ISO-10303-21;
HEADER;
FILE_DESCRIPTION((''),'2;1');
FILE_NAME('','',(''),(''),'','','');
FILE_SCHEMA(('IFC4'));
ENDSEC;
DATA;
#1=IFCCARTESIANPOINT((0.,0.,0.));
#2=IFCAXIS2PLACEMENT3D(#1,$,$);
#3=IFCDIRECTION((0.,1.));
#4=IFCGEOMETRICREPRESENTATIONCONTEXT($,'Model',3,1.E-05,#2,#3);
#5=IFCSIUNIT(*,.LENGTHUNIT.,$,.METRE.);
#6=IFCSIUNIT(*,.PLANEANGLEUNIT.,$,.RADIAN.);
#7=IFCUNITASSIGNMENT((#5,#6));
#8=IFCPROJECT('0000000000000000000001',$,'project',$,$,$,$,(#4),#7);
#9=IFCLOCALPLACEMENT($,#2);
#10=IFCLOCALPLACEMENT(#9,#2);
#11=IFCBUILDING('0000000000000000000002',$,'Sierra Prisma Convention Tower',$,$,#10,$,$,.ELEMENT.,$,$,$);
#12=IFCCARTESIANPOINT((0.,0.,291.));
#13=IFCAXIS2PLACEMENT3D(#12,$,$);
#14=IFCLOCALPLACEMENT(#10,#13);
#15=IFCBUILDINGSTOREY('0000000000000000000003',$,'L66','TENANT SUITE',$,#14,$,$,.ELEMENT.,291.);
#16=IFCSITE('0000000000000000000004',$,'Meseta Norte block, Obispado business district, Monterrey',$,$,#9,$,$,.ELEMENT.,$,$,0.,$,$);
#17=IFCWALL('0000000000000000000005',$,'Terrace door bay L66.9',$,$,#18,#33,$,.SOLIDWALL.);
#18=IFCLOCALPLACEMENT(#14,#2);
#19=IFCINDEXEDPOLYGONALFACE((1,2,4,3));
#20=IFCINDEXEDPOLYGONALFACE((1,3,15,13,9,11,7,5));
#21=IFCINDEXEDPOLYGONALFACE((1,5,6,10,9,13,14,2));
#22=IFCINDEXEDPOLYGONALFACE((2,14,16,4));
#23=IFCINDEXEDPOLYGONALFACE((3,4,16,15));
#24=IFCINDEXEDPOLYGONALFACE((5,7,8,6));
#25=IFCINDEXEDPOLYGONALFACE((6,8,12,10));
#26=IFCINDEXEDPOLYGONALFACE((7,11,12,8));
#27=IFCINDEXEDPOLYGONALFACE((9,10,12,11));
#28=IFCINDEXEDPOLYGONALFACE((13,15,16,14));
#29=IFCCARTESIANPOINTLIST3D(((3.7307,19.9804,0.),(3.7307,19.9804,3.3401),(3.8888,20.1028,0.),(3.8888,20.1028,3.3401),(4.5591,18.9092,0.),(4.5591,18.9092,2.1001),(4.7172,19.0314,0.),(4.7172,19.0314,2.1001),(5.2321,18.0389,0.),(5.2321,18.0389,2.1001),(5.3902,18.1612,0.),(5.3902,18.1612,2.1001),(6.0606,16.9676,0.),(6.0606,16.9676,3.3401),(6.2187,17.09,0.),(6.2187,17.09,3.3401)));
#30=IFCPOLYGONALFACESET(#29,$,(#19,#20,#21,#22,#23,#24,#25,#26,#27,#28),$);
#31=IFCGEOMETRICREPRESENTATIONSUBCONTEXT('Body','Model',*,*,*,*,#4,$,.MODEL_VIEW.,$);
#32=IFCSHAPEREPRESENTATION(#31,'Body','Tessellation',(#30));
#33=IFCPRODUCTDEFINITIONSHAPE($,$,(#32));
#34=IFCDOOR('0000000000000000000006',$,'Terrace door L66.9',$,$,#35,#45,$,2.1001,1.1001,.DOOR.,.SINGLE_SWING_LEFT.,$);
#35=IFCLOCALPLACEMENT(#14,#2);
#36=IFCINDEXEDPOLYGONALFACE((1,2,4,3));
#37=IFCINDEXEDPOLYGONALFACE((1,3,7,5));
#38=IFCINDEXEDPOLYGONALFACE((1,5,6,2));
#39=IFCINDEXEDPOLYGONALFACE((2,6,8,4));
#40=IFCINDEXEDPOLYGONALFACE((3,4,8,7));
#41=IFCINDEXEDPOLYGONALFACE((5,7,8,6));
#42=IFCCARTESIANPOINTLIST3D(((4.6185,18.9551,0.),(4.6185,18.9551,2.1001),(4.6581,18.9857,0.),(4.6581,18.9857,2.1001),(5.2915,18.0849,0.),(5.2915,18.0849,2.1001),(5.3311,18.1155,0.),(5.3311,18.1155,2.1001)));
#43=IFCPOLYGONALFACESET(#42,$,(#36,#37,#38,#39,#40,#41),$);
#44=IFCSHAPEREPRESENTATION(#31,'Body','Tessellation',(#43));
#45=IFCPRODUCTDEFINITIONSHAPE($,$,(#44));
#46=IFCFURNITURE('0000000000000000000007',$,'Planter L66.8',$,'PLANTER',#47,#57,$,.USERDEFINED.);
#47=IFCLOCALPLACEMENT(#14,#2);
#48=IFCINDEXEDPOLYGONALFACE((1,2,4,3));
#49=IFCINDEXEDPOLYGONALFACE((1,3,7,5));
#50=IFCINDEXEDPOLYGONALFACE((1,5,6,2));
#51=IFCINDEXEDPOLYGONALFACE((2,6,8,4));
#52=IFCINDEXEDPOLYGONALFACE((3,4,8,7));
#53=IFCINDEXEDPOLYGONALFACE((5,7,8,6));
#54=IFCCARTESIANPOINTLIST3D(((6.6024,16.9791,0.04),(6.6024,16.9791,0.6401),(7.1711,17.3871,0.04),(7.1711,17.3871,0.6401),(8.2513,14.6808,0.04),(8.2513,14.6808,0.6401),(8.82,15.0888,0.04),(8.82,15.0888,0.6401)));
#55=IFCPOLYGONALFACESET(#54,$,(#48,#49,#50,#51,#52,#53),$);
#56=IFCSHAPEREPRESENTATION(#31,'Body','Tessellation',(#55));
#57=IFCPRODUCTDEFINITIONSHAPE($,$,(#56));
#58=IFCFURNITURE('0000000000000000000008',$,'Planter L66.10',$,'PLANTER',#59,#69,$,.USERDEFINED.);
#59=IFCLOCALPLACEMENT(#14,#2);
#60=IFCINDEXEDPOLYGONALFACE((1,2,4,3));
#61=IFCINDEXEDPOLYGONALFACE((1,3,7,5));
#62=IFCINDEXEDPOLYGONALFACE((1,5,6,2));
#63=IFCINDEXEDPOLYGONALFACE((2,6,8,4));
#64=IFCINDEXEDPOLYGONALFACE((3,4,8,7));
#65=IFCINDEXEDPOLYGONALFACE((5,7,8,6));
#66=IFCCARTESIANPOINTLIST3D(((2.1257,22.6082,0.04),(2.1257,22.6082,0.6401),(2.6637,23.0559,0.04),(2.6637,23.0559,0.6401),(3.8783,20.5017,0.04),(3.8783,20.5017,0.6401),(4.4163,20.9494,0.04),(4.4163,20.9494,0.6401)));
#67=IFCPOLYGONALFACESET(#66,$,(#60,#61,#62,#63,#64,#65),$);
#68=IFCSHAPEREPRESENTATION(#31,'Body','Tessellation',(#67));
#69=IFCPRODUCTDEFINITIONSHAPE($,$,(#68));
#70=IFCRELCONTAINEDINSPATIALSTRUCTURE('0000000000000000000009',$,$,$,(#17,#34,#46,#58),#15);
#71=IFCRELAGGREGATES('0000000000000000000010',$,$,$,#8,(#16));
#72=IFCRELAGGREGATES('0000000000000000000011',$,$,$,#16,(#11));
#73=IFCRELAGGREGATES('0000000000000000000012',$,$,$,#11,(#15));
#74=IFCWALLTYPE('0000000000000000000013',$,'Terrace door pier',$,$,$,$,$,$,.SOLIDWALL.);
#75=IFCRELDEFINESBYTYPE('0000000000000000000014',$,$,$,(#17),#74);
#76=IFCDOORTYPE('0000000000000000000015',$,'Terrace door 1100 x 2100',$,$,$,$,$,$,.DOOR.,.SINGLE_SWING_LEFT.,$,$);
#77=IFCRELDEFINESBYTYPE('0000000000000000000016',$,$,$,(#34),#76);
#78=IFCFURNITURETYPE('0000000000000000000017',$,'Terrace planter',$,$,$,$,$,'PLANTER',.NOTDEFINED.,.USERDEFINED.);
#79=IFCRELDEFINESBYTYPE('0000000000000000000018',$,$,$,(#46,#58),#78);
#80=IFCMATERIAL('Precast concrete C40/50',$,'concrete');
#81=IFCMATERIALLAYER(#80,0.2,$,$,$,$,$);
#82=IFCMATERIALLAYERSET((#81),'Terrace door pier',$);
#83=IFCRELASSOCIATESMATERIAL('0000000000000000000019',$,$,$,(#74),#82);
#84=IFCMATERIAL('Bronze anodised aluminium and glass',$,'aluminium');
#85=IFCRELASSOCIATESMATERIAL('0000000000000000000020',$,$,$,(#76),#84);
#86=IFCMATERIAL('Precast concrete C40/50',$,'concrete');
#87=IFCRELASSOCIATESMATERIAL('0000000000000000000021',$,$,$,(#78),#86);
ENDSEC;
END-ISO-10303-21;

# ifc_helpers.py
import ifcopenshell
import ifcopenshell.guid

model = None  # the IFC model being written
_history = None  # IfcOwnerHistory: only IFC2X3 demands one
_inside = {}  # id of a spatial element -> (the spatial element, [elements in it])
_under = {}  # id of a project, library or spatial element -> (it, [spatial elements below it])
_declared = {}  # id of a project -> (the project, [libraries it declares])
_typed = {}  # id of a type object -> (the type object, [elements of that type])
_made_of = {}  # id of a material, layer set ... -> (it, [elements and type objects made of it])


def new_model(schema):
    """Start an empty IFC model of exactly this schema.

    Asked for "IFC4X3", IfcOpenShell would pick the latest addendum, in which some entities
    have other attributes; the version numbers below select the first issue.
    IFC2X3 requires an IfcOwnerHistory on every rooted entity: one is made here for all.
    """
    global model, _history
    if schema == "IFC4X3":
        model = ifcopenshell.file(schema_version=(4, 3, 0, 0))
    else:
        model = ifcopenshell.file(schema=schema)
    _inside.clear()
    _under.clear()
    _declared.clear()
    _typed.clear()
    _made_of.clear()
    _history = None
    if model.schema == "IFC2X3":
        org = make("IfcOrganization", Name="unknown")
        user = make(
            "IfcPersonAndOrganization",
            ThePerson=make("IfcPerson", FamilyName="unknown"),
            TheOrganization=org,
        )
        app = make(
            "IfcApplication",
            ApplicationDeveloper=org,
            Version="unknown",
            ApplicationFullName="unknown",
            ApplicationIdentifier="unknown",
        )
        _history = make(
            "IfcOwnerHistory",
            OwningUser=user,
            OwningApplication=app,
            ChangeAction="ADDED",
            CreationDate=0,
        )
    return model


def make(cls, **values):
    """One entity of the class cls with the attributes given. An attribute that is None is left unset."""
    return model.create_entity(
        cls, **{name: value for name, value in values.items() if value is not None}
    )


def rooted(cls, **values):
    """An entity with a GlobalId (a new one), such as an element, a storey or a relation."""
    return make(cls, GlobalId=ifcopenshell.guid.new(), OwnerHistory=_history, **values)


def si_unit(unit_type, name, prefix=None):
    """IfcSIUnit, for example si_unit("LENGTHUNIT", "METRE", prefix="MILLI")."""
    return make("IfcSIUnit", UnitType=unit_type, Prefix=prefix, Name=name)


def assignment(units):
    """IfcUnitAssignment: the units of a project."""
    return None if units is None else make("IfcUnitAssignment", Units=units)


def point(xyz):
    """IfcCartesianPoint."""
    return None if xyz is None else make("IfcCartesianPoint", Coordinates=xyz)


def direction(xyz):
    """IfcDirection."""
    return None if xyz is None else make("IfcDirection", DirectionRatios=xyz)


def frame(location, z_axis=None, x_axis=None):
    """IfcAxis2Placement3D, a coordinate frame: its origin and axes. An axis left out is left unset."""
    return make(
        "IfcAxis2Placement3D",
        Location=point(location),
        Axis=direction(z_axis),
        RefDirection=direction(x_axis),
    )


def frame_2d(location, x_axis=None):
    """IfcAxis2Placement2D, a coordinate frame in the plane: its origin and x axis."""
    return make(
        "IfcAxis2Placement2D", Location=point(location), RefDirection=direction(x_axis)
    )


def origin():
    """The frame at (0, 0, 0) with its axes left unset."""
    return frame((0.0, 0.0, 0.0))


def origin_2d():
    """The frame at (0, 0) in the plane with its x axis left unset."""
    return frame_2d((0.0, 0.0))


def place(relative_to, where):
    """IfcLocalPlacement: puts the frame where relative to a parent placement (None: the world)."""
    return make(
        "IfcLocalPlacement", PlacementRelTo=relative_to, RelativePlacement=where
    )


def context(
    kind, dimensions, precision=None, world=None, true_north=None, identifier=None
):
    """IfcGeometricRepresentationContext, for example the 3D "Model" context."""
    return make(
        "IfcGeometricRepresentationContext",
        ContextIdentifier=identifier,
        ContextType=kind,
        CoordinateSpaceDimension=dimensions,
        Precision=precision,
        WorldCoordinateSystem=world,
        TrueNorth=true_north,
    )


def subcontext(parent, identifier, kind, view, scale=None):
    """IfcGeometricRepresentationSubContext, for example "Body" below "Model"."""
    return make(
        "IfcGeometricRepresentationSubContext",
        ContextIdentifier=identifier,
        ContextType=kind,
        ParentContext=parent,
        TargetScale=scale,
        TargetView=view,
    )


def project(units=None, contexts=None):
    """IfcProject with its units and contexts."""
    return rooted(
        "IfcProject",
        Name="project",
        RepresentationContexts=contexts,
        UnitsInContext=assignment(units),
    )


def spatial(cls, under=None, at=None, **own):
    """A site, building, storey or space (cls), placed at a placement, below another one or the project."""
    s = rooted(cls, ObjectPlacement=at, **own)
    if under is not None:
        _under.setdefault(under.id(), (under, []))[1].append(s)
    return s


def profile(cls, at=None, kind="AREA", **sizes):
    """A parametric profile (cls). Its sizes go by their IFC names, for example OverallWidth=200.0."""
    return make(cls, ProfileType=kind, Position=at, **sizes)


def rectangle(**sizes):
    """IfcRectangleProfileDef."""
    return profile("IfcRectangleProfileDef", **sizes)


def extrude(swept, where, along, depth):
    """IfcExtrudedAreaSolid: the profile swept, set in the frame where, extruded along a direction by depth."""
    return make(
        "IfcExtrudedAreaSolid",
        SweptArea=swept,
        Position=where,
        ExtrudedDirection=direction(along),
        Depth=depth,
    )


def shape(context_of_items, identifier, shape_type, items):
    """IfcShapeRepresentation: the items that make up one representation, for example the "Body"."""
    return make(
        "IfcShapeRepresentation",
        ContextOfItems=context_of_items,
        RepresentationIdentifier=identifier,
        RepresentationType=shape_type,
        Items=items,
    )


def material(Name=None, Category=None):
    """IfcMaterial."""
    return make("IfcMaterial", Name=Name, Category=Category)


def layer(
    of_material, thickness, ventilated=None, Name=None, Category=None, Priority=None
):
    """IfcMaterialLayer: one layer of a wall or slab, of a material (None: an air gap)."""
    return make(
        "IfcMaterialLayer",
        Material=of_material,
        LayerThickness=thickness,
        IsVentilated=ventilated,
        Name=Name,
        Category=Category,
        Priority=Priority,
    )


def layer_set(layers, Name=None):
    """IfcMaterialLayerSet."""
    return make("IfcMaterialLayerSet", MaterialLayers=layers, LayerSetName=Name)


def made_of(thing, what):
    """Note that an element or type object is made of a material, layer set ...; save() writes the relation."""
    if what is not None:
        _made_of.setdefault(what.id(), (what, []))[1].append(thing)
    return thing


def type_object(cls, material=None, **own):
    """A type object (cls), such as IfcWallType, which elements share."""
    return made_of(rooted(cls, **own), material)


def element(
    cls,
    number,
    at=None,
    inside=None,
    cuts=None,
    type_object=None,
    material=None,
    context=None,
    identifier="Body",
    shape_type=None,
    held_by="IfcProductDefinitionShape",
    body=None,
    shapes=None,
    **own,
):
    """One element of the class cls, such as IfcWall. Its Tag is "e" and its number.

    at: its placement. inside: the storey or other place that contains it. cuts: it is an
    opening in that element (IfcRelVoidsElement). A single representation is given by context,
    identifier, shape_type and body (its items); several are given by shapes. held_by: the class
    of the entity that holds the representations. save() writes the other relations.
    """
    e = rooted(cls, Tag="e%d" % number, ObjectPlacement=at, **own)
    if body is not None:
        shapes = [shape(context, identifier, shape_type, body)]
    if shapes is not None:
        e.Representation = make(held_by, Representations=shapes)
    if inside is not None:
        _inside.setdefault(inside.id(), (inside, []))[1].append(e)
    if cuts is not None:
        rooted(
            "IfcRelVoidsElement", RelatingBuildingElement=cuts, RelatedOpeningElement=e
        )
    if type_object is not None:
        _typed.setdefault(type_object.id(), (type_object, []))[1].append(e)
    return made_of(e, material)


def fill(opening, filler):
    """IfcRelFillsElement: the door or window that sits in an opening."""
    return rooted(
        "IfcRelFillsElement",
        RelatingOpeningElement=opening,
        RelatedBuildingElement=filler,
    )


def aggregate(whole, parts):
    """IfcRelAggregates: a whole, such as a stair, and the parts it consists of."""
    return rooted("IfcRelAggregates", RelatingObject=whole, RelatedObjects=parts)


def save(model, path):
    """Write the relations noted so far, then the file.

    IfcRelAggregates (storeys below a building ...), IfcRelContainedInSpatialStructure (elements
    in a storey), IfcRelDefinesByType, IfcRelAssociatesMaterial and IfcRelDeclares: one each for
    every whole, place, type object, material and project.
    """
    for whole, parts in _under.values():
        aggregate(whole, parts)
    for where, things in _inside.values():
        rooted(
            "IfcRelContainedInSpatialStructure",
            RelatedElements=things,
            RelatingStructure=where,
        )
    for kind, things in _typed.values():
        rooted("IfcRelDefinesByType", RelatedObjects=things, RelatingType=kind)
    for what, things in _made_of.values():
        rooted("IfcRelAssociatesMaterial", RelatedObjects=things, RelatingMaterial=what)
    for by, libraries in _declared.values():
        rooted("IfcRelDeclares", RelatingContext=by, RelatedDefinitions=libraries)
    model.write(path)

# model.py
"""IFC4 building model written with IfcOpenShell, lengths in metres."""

from ifc_helpers import new_model, si_unit, direction, frame, frame_2d, origin, origin_2d, place, context, subcontext, project, spatial, rectangle, extrude, material, layer, layer_set, type_object, element, fill, save


model = new_model("IFC4")

# Units and contexts
model_context = context("Model", 3, precision=1e-05, world=origin(), true_north=direction((0.0, 1.0)))
body_context = subcontext(model_context, "Body", "Model", "MODEL_VIEW")
ifc_project = project(units=[si_unit("LENGTHUNIT", "METRE"), si_unit("PLANEANGLEUNIT", "RADIAN")], contexts=[model_context])

# Site, building, storey
site_placement = place(None, origin())
site = spatial("IfcSite", under=ifc_project, at=site_placement, Name="Meseta Norte block, Obispado business district, Monterrey", CompositionType="ELEMENT", RefElevation=0.0)
building_placement = place(site_placement, origin())
building = spatial("IfcBuilding", under=site, at=building_placement, Name="Sierra Prisma Convention Tower", CompositionType="ELEMENT")
storey_placement = place(building_placement, frame((0.0, 0.0, 291.0)))
storey = spatial("IfcBuildingStorey", under=building, at=storey_placement, Name="L66", Description="TENANT SUITE", CompositionType="ELEMENT", Elevation=291.0)

# Wall, opening, door
ifc_material_1 = material(Name="Precast concrete C40/50", Category="concrete")
ifc_layer_1 = layer(ifc_material_1, 0.2)
ifc_layer_set_1 = layer_set([ifc_layer_1], Name="Terrace door pier")
wall_type_1 = type_object("IfcWallType", Name="Terrace door pier", PredefinedType="SOLIDWALL", material=ifc_layer_set_1)
wall_1_placement = place(storey_placement, frame((6.1396, 17.0288, 0.0), z_axis=(0.0, 0.0, 1.0), x_axis=(-0.61175, 0.791051, 0.0)))
wall_1 = element("IfcWall", 1, at=wall_1_placement, inside=storey, type_object=wall_type_1, Name="Terrace door bay L66.9", PredefinedType="SOLIDWALL", context=body_context, shape_type="SweptSolid", body=[
    extrude(rectangle(XDim=3.8086, YDim=0.2, at=frame_2d((1.9043, 0.0))), origin(), (0.0, 0.0, 1.0), 3.3401),
])
opening_placement = place(wall_1_placement, frame((1.3542, 0.0, 0.0)))
opening = element("IfcOpeningElement", 2, at=opening_placement, cuts=wall_1, PredefinedType="OPENING", context=body_context, shape_type="SweptSolid", body=[
    extrude(rectangle(XDim=1.1001, YDim=2.1001, at=frame_2d((0.55, 1.05))), frame((0.0, 0.1001, 0.0), z_axis=(0.0, -1.0, 0.0), x_axis=(1.0, 0.0, 0.0)), (0.0, 0.0, 1.0), 0.2),
])
ifc_material_2 = material(Name="Bronze anodised aluminium and glass", Category="aluminium")
door_type = type_object("IfcDoorType", Name="Terrace door 1100 x 2100", OperationType="SINGLE_SWING_LEFT", PredefinedType="DOOR", material=ifc_material_2)
door_placement = place(opening_placement, origin())
door = element("IfcDoor", 3, at=door_placement, inside=storey, type_object=door_type, Name="Terrace door L66.9", OperationType="SINGLE_SWING_LEFT", OverallHeight=2.1001, OverallWidth=1.1001, PredefinedType="DOOR", context=body_context, shape_type="SweptSolid", body=[
    extrude(rectangle(XDim=1.1001, YDim=2.1001, at=frame_2d((0.55, 1.05))), frame((0.0, 0.0249, 0.0), z_axis=(0.0, -1.0, 0.0), x_axis=(1.0, 0.0, 0.0)), (0.0, 0.0, 1.0), 0.05),
])
fill(opening, door)

# Furniture
ifc_material_3 = material(Name="Precast concrete C40/50", Category="concrete")
furniture_type = type_object("IfcFurnitureType", Name="Terrace planter", ElementType="PLANTER", AssemblyPlace="NOTDEFINED", PredefinedType="USERDEFINED", material=ifc_material_3)
furniture_1_placement = place(storey_placement, frame((7.7112, 16.0339, 0.04), z_axis=(0.0, 0.0, 1.0), x_axis=(-0.582948, 0.81251, 0.0)))
element("IfcFurniture", 4, at=furniture_1_placement, inside=storey, type_object=furniture_type, Name="Planter L66.8", ObjectType="PLANTER", PredefinedType="USERDEFINED", context=body_context, shape_type="SweptSolid", body=[
    extrude(rectangle(XDim=2.8286, YDim=0.7, at=origin_2d()), origin(), (0.0, 0.0, 1.0), 0.6001),
])
furniture_2_placement = place(storey_placement, frame((3.271, 21.7788, 0.04), z_axis=(0.0, 0.0, 1.0), x_axis=(-0.639577, 0.768727, 0.0)))
element("IfcFurniture", 5, at=furniture_2_placement, inside=storey, type_object=furniture_type, Name="Planter L66.10", ObjectType="PLANTER", PredefinedType="USERDEFINED", context=body_context, shape_type="SweptSolid", body=[
    extrude(rectangle(XDim=2.7402, YDim=0.7, at=origin_2d()), origin(), (0.0, 0.0, 1.0), 0.6001),
])

save(model, "model.ifc")
